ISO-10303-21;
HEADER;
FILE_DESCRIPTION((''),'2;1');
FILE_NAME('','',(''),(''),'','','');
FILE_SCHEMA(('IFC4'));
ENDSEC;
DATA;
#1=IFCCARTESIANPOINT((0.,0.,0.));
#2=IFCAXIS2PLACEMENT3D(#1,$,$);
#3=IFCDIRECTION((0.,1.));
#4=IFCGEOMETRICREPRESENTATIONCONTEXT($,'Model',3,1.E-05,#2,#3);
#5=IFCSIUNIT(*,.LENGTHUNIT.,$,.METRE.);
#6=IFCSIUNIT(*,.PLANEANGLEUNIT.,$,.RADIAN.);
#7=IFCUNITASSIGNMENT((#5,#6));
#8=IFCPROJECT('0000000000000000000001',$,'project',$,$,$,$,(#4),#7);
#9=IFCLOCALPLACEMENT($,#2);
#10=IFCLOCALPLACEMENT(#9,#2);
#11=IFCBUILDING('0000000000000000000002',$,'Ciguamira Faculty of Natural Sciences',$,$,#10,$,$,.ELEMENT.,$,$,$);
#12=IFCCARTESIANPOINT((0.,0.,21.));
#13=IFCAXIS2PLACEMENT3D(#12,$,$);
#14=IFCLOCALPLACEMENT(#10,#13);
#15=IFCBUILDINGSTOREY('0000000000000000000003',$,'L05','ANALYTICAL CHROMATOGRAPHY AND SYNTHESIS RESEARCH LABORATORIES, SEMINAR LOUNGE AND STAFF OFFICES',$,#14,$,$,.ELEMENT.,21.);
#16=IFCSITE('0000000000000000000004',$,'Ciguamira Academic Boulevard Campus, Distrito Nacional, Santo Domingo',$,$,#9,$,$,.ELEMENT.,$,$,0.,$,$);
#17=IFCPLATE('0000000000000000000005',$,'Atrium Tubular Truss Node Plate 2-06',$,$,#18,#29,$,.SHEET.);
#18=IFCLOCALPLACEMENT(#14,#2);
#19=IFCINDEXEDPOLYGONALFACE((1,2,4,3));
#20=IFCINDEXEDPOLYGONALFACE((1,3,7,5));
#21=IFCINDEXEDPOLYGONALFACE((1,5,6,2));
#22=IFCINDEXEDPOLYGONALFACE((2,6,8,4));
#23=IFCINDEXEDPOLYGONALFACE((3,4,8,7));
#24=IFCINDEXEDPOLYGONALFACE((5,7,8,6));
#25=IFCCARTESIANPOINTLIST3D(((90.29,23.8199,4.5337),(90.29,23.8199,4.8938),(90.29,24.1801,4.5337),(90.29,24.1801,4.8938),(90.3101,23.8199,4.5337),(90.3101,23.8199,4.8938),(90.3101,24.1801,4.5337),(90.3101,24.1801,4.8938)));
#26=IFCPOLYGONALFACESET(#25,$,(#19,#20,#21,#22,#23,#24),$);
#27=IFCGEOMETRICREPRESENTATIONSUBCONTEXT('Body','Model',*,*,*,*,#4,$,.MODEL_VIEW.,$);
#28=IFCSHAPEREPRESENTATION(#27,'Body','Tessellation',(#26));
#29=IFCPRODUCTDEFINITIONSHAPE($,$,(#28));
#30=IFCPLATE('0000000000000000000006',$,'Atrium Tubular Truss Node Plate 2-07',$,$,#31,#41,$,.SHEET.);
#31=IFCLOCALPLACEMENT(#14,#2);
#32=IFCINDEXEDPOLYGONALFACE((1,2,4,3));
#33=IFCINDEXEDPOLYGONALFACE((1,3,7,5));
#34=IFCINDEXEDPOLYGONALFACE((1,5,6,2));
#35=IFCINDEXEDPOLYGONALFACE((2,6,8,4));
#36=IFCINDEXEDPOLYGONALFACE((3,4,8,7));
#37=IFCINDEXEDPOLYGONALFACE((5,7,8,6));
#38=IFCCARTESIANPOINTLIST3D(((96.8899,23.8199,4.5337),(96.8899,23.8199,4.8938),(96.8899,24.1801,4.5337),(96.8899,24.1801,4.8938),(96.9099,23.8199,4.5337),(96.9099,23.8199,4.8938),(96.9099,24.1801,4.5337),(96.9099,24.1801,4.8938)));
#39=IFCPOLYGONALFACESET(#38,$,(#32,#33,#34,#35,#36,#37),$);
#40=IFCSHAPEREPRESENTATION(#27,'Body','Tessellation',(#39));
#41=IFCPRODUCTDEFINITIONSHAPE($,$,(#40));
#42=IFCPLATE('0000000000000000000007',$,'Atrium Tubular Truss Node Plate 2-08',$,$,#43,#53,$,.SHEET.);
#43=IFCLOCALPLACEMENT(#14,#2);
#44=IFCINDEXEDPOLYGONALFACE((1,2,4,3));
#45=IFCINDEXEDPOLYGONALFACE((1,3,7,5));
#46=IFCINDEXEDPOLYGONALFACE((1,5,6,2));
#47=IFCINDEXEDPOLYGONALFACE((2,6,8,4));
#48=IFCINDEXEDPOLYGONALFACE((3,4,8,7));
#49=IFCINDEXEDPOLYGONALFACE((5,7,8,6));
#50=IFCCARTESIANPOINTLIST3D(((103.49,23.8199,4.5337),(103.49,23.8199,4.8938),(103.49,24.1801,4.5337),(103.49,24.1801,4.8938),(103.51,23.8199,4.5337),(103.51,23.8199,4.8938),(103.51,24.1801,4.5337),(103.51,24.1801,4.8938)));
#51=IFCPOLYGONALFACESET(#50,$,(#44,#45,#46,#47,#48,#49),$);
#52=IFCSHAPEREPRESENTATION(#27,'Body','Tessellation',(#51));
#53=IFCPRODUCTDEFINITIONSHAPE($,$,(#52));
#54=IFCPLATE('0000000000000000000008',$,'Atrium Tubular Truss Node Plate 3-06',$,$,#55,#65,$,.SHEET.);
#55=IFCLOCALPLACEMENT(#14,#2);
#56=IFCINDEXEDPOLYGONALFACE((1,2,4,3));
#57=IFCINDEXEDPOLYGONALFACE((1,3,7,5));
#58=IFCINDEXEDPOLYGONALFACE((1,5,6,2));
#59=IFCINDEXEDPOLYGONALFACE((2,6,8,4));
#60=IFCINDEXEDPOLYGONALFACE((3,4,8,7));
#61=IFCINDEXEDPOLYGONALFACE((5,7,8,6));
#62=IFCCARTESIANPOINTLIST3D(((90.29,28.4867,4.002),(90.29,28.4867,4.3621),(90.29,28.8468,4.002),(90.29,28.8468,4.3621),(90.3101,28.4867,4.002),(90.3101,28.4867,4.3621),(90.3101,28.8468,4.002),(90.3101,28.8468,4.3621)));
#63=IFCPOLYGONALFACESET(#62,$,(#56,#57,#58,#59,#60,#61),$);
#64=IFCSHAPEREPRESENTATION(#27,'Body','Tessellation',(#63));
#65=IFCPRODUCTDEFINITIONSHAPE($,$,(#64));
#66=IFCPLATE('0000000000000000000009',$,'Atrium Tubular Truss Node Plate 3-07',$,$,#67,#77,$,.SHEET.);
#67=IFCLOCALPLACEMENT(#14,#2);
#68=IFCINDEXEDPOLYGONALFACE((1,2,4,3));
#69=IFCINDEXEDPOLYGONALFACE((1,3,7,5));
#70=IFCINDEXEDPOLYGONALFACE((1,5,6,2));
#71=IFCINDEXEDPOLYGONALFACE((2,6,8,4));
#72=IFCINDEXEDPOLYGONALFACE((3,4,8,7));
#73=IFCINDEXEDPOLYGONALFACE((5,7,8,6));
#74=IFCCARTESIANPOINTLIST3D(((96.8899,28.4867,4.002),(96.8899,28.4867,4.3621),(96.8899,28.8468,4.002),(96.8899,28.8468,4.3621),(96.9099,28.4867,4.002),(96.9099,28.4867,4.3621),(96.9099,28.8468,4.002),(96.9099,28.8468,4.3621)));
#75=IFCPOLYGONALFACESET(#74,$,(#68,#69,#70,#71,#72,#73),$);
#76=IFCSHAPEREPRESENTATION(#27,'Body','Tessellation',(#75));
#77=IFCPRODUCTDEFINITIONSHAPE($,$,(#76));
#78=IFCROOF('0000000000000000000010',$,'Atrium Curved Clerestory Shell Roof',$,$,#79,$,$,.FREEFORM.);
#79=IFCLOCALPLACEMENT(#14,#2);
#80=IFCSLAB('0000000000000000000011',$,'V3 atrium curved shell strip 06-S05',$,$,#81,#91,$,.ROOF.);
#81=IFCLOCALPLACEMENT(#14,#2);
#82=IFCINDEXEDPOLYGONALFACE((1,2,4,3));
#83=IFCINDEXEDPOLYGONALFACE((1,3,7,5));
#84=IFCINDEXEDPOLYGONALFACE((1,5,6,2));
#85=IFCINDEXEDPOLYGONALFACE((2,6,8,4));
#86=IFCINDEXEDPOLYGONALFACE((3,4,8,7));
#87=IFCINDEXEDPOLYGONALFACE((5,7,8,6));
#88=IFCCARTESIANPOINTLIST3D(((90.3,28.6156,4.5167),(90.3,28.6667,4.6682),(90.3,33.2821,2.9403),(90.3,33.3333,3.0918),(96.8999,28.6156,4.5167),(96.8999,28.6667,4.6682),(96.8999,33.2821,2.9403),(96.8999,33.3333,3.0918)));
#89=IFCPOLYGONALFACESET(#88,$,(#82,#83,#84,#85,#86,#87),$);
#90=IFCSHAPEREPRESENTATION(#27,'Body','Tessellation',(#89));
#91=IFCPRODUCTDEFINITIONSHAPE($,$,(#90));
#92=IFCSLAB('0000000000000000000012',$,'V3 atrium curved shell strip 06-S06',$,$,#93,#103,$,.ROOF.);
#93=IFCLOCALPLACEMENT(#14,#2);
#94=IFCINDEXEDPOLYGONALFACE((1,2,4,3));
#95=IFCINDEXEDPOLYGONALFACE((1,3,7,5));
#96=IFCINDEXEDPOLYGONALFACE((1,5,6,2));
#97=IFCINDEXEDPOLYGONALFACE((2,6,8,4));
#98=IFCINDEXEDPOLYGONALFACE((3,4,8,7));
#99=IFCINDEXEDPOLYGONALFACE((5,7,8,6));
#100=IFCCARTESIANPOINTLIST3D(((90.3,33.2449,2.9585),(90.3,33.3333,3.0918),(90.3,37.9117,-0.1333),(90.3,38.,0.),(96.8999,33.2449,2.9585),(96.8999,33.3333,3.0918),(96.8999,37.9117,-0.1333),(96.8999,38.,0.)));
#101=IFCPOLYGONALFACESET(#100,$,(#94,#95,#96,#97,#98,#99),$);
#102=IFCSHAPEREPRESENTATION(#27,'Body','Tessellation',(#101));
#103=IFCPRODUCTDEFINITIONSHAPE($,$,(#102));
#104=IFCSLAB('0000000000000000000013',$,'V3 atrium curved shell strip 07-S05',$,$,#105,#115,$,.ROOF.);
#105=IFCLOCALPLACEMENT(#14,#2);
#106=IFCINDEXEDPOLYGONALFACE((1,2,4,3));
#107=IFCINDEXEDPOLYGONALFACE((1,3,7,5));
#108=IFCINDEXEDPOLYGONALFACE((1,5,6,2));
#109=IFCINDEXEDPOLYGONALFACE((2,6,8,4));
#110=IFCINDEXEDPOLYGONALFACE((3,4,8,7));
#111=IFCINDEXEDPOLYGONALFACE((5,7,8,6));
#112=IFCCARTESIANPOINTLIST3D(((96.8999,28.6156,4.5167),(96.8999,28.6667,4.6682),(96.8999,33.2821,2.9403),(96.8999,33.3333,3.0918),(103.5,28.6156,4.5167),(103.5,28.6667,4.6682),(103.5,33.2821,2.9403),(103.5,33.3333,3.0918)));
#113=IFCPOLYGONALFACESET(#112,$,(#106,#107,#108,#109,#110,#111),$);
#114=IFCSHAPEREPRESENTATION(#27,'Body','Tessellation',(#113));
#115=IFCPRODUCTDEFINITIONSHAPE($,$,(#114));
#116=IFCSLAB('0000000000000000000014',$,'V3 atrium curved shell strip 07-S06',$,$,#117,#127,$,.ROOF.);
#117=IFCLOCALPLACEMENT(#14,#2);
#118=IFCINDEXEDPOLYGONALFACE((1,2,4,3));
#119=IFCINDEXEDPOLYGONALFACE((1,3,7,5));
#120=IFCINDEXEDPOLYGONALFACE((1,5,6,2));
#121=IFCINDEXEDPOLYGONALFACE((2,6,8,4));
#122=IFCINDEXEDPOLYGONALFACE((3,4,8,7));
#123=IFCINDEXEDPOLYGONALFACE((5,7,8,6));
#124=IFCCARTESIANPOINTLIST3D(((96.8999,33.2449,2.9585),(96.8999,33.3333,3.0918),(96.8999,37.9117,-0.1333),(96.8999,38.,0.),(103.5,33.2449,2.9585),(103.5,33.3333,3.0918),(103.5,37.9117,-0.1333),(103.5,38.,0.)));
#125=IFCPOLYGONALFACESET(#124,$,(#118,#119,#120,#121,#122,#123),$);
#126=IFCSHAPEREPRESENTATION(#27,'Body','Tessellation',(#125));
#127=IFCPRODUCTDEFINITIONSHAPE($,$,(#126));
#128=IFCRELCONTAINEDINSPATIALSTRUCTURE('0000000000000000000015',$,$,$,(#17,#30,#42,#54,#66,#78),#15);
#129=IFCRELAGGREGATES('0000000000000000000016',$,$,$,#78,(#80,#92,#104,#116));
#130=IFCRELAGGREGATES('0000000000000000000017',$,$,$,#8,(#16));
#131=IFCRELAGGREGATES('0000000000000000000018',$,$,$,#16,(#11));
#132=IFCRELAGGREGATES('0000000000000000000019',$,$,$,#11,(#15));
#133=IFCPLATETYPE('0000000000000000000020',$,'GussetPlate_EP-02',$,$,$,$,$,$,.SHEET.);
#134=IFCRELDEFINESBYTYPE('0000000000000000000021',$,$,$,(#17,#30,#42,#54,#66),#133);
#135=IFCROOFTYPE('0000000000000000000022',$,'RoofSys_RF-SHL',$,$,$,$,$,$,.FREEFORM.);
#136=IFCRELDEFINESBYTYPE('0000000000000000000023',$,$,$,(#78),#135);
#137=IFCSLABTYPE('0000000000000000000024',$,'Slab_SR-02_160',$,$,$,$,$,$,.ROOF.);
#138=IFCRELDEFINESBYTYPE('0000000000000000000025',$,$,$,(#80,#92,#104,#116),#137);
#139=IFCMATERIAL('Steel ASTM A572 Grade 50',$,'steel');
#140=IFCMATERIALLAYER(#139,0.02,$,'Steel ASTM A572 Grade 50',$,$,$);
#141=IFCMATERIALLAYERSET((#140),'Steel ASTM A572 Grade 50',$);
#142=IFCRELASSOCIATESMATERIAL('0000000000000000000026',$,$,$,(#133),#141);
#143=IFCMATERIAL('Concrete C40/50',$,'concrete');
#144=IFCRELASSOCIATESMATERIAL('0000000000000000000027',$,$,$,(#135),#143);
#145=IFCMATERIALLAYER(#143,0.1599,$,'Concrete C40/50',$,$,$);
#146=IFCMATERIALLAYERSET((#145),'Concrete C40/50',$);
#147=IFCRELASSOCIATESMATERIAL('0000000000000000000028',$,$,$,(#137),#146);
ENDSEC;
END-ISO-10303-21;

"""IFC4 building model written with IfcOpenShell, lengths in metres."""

from ifc_helpers import new_model, si_unit, direction, frame, origin, origin_2d, place, context, subcontext, project, spatial, polyline, rectangle, outline, extrude, material, layer, layer_set, type_object, element, aggregate, save


model = new_model("IFC4")

# Units and contexts
model_context = context("Model", 3, precision=1e-05, world=origin(), true_north=direction((0.0, 1.0)))
body_context = subcontext(model_context, "Body", "Model", "MODEL_VIEW")
ifc_project = project(units=[si_unit("LENGTHUNIT", "METRE"), si_unit("PLANEANGLEUNIT", "RADIAN")], contexts=[model_context])

# Site, building, storey
site_placement = place(None, origin())
site = spatial("IfcSite", under=ifc_project, at=site_placement, Name="Ciguamira Academic Boulevard Campus, Distrito Nacional, Santo Domingo", CompositionType="ELEMENT", RefElevation=0.0)
building_placement = place(site_placement, origin())
building = spatial("IfcBuilding", under=site, at=building_placement, Name="Ciguamira Faculty of Natural Sciences", CompositionType="ELEMENT")
storey_placement = place(building_placement, frame((0.0, 0.0, 21.0)))
storey = spatial("IfcBuildingStorey", under=building, at=storey_placement, Name="L05", Description="ANALYTICAL CHROMATOGRAPHY AND SYNTHESIS RESEARCH LABORATORIES, SEMINAR LOUNGE AND STAFF OFFICES", CompositionType="ELEMENT", Elevation=21.0)

# Shared definitions
ifc_material_1 = material(Name="Concrete C40/50", Category="concrete")

# Plates
ifc_material_2 = material(Name="Steel ASTM A572 Grade 50", Category="steel")
ifc_layer_1 = layer(ifc_material_2, 0.02, Name="Steel ASTM A572 Grade 50")
ifc_layer_set_1 = layer_set([ifc_layer_1], Name="Steel ASTM A572 Grade 50")
plate_type = type_object("IfcPlateType", Name="GussetPlate_EP-02", PredefinedType="SHEET", material=ifc_layer_set_1)
for number, where, z_axis, x_axis, name in (
    (1, (90.3, 24.0, 4.5337), (0.0, 0.0, 1.0), (1.0, 0.0, 0.0), "Atrium Tubular Truss Node Plate 2-06"),
    (2, (96.8999, 24.0, 4.5337), (0.0, 0.0, 1.0), (1.0, 0.0, 0.0), "Atrium Tubular Truss Node Plate 2-07"),
    (3, (103.5, 24.0, 4.5337), (0.0, 0.0, 1.0), (1.0, 0.0, 0.0), "Atrium Tubular Truss Node Plate 2-08"),
    (4, (90.3, 28.6667, 4.002), (0.0, 0.0, 1.0), (1.0, 0.0, 0.0), "Atrium Tubular Truss Node Plate 3-06"),
    (5, (96.8999, 28.6667, 4.002), (0.0, 0.0, 1.0), (1.0, 0.0, 0.0), "Atrium Tubular Truss Node Plate 3-07"),
):
    element("IfcPlate", number, at=place(storey_placement, frame(where, z_axis=z_axis, x_axis=x_axis)), inside=storey, type_object=plate_type, Name=name, PredefinedType="SHEET", context=body_context, shape_type="SweptSolid", body=[
        extrude(rectangle(XDim=0.02, YDim=0.3601, at=origin_2d()), origin(), (0.0, 0.0, 1.0), 0.3601),
    ])

# Roof, slabs
roof_type = type_object("IfcRoofType", Name="RoofSys_RF-SHL", PredefinedType="FREEFORM", material=ifc_material_1)
roof_placement = place(storey_placement, origin())
roof = element("IfcRoof", 6, at=roof_placement, inside=storey, type_object=roof_type, Name="Atrium Curved Clerestory Shell Roof", PredefinedType="FREEFORM")
ifc_layer_2 = layer(ifc_material_1, 0.1599, Name="Concrete C40/50")
ifc_layer_set_2 = layer_set([ifc_layer_2], Name="Concrete C40/50")
slab_type = type_object("IfcSlabType", Name="Slab_SR-02_160", PredefinedType="ROOF", material=ifc_layer_set_2)
slab_1_placement = place(storey_placement, frame((90.3, 28.6667, 4.6682), z_axis=(0.0, 0.320047, 0.947402), x_axis=(1.0, 0.0, 0.0)))
slab_1 = element("IfcSlab", 7, at=slab_1_placement, type_object=slab_type, Name="V3 atrium curved shell strip 06-S05", PredefinedType="ROOF", context=body_context, shape_type="SweptSolid", body=[
    extrude(outline(polyline([(0.0, 0.0), (6.5999, 0.0), (6.5999, 4.9256), (0.0, 4.9256), (0.0, 0.0)])), origin(), (0.0, 0.0, -1.0), 0.1599),
])
slab_2_placement = place(storey_placement, frame((90.3, 33.3333, 3.0918), z_axis=(0.0, 0.552303, 0.833644), x_axis=(1.0, 0.0, 0.0)))
slab_2 = element("IfcSlab", 8, at=slab_2_placement, type_object=slab_type, Name="V3 atrium curved shell strip 06-S06", PredefinedType="ROOF", context=body_context, shape_type="SweptSolid", body=[
    extrude(outline(polyline([(0.0, 0.0), (6.5999, 0.0), (6.5999, 5.598), (0.0, 5.598), (0.0, 0.0)])), origin(), (0.0, 0.0, -1.0), 0.1599),
])
slab_3_placement = place(storey_placement, frame((96.8999, 28.6667, 4.6682), z_axis=(0.0, 0.320047, 0.947402), x_axis=(1.0, 0.0, 0.0)))
slab_3 = element("IfcSlab", 9, at=slab_3_placement, type_object=slab_type, Name="V3 atrium curved shell strip 07-S05", PredefinedType="ROOF", context=body_context, shape_type="SweptSolid", body=[
    extrude(outline(polyline([(0.0, 0.0), (6.6001, 0.0), (6.6001, 4.9256), (0.0, 4.9256), (0.0, 0.0)])), origin(), (0.0, 0.0, -1.0), 0.1599),
])
slab_4_placement = place(storey_placement, frame((96.8999, 33.3333, 3.0918), z_axis=(0.0, 0.552303, 0.833644), x_axis=(1.0, 0.0, 0.0)))
slab_4 = element("IfcSlab", 10, at=slab_4_placement, type_object=slab_type, Name="V3 atrium curved shell strip 07-S06", PredefinedType="ROOF", context=body_context, shape_type="SweptSolid", body=[
    extrude(outline(polyline([(0.0, 0.0), (6.6001, 0.0), (6.6001, 5.598), (0.0, 5.598), (0.0, 0.0)])), origin(), (0.0, 0.0, -1.0), 0.1599),
])
aggregate(roof, [slab_1, slab_2, slab_3, slab_4])

save(model, "model.ifc")
